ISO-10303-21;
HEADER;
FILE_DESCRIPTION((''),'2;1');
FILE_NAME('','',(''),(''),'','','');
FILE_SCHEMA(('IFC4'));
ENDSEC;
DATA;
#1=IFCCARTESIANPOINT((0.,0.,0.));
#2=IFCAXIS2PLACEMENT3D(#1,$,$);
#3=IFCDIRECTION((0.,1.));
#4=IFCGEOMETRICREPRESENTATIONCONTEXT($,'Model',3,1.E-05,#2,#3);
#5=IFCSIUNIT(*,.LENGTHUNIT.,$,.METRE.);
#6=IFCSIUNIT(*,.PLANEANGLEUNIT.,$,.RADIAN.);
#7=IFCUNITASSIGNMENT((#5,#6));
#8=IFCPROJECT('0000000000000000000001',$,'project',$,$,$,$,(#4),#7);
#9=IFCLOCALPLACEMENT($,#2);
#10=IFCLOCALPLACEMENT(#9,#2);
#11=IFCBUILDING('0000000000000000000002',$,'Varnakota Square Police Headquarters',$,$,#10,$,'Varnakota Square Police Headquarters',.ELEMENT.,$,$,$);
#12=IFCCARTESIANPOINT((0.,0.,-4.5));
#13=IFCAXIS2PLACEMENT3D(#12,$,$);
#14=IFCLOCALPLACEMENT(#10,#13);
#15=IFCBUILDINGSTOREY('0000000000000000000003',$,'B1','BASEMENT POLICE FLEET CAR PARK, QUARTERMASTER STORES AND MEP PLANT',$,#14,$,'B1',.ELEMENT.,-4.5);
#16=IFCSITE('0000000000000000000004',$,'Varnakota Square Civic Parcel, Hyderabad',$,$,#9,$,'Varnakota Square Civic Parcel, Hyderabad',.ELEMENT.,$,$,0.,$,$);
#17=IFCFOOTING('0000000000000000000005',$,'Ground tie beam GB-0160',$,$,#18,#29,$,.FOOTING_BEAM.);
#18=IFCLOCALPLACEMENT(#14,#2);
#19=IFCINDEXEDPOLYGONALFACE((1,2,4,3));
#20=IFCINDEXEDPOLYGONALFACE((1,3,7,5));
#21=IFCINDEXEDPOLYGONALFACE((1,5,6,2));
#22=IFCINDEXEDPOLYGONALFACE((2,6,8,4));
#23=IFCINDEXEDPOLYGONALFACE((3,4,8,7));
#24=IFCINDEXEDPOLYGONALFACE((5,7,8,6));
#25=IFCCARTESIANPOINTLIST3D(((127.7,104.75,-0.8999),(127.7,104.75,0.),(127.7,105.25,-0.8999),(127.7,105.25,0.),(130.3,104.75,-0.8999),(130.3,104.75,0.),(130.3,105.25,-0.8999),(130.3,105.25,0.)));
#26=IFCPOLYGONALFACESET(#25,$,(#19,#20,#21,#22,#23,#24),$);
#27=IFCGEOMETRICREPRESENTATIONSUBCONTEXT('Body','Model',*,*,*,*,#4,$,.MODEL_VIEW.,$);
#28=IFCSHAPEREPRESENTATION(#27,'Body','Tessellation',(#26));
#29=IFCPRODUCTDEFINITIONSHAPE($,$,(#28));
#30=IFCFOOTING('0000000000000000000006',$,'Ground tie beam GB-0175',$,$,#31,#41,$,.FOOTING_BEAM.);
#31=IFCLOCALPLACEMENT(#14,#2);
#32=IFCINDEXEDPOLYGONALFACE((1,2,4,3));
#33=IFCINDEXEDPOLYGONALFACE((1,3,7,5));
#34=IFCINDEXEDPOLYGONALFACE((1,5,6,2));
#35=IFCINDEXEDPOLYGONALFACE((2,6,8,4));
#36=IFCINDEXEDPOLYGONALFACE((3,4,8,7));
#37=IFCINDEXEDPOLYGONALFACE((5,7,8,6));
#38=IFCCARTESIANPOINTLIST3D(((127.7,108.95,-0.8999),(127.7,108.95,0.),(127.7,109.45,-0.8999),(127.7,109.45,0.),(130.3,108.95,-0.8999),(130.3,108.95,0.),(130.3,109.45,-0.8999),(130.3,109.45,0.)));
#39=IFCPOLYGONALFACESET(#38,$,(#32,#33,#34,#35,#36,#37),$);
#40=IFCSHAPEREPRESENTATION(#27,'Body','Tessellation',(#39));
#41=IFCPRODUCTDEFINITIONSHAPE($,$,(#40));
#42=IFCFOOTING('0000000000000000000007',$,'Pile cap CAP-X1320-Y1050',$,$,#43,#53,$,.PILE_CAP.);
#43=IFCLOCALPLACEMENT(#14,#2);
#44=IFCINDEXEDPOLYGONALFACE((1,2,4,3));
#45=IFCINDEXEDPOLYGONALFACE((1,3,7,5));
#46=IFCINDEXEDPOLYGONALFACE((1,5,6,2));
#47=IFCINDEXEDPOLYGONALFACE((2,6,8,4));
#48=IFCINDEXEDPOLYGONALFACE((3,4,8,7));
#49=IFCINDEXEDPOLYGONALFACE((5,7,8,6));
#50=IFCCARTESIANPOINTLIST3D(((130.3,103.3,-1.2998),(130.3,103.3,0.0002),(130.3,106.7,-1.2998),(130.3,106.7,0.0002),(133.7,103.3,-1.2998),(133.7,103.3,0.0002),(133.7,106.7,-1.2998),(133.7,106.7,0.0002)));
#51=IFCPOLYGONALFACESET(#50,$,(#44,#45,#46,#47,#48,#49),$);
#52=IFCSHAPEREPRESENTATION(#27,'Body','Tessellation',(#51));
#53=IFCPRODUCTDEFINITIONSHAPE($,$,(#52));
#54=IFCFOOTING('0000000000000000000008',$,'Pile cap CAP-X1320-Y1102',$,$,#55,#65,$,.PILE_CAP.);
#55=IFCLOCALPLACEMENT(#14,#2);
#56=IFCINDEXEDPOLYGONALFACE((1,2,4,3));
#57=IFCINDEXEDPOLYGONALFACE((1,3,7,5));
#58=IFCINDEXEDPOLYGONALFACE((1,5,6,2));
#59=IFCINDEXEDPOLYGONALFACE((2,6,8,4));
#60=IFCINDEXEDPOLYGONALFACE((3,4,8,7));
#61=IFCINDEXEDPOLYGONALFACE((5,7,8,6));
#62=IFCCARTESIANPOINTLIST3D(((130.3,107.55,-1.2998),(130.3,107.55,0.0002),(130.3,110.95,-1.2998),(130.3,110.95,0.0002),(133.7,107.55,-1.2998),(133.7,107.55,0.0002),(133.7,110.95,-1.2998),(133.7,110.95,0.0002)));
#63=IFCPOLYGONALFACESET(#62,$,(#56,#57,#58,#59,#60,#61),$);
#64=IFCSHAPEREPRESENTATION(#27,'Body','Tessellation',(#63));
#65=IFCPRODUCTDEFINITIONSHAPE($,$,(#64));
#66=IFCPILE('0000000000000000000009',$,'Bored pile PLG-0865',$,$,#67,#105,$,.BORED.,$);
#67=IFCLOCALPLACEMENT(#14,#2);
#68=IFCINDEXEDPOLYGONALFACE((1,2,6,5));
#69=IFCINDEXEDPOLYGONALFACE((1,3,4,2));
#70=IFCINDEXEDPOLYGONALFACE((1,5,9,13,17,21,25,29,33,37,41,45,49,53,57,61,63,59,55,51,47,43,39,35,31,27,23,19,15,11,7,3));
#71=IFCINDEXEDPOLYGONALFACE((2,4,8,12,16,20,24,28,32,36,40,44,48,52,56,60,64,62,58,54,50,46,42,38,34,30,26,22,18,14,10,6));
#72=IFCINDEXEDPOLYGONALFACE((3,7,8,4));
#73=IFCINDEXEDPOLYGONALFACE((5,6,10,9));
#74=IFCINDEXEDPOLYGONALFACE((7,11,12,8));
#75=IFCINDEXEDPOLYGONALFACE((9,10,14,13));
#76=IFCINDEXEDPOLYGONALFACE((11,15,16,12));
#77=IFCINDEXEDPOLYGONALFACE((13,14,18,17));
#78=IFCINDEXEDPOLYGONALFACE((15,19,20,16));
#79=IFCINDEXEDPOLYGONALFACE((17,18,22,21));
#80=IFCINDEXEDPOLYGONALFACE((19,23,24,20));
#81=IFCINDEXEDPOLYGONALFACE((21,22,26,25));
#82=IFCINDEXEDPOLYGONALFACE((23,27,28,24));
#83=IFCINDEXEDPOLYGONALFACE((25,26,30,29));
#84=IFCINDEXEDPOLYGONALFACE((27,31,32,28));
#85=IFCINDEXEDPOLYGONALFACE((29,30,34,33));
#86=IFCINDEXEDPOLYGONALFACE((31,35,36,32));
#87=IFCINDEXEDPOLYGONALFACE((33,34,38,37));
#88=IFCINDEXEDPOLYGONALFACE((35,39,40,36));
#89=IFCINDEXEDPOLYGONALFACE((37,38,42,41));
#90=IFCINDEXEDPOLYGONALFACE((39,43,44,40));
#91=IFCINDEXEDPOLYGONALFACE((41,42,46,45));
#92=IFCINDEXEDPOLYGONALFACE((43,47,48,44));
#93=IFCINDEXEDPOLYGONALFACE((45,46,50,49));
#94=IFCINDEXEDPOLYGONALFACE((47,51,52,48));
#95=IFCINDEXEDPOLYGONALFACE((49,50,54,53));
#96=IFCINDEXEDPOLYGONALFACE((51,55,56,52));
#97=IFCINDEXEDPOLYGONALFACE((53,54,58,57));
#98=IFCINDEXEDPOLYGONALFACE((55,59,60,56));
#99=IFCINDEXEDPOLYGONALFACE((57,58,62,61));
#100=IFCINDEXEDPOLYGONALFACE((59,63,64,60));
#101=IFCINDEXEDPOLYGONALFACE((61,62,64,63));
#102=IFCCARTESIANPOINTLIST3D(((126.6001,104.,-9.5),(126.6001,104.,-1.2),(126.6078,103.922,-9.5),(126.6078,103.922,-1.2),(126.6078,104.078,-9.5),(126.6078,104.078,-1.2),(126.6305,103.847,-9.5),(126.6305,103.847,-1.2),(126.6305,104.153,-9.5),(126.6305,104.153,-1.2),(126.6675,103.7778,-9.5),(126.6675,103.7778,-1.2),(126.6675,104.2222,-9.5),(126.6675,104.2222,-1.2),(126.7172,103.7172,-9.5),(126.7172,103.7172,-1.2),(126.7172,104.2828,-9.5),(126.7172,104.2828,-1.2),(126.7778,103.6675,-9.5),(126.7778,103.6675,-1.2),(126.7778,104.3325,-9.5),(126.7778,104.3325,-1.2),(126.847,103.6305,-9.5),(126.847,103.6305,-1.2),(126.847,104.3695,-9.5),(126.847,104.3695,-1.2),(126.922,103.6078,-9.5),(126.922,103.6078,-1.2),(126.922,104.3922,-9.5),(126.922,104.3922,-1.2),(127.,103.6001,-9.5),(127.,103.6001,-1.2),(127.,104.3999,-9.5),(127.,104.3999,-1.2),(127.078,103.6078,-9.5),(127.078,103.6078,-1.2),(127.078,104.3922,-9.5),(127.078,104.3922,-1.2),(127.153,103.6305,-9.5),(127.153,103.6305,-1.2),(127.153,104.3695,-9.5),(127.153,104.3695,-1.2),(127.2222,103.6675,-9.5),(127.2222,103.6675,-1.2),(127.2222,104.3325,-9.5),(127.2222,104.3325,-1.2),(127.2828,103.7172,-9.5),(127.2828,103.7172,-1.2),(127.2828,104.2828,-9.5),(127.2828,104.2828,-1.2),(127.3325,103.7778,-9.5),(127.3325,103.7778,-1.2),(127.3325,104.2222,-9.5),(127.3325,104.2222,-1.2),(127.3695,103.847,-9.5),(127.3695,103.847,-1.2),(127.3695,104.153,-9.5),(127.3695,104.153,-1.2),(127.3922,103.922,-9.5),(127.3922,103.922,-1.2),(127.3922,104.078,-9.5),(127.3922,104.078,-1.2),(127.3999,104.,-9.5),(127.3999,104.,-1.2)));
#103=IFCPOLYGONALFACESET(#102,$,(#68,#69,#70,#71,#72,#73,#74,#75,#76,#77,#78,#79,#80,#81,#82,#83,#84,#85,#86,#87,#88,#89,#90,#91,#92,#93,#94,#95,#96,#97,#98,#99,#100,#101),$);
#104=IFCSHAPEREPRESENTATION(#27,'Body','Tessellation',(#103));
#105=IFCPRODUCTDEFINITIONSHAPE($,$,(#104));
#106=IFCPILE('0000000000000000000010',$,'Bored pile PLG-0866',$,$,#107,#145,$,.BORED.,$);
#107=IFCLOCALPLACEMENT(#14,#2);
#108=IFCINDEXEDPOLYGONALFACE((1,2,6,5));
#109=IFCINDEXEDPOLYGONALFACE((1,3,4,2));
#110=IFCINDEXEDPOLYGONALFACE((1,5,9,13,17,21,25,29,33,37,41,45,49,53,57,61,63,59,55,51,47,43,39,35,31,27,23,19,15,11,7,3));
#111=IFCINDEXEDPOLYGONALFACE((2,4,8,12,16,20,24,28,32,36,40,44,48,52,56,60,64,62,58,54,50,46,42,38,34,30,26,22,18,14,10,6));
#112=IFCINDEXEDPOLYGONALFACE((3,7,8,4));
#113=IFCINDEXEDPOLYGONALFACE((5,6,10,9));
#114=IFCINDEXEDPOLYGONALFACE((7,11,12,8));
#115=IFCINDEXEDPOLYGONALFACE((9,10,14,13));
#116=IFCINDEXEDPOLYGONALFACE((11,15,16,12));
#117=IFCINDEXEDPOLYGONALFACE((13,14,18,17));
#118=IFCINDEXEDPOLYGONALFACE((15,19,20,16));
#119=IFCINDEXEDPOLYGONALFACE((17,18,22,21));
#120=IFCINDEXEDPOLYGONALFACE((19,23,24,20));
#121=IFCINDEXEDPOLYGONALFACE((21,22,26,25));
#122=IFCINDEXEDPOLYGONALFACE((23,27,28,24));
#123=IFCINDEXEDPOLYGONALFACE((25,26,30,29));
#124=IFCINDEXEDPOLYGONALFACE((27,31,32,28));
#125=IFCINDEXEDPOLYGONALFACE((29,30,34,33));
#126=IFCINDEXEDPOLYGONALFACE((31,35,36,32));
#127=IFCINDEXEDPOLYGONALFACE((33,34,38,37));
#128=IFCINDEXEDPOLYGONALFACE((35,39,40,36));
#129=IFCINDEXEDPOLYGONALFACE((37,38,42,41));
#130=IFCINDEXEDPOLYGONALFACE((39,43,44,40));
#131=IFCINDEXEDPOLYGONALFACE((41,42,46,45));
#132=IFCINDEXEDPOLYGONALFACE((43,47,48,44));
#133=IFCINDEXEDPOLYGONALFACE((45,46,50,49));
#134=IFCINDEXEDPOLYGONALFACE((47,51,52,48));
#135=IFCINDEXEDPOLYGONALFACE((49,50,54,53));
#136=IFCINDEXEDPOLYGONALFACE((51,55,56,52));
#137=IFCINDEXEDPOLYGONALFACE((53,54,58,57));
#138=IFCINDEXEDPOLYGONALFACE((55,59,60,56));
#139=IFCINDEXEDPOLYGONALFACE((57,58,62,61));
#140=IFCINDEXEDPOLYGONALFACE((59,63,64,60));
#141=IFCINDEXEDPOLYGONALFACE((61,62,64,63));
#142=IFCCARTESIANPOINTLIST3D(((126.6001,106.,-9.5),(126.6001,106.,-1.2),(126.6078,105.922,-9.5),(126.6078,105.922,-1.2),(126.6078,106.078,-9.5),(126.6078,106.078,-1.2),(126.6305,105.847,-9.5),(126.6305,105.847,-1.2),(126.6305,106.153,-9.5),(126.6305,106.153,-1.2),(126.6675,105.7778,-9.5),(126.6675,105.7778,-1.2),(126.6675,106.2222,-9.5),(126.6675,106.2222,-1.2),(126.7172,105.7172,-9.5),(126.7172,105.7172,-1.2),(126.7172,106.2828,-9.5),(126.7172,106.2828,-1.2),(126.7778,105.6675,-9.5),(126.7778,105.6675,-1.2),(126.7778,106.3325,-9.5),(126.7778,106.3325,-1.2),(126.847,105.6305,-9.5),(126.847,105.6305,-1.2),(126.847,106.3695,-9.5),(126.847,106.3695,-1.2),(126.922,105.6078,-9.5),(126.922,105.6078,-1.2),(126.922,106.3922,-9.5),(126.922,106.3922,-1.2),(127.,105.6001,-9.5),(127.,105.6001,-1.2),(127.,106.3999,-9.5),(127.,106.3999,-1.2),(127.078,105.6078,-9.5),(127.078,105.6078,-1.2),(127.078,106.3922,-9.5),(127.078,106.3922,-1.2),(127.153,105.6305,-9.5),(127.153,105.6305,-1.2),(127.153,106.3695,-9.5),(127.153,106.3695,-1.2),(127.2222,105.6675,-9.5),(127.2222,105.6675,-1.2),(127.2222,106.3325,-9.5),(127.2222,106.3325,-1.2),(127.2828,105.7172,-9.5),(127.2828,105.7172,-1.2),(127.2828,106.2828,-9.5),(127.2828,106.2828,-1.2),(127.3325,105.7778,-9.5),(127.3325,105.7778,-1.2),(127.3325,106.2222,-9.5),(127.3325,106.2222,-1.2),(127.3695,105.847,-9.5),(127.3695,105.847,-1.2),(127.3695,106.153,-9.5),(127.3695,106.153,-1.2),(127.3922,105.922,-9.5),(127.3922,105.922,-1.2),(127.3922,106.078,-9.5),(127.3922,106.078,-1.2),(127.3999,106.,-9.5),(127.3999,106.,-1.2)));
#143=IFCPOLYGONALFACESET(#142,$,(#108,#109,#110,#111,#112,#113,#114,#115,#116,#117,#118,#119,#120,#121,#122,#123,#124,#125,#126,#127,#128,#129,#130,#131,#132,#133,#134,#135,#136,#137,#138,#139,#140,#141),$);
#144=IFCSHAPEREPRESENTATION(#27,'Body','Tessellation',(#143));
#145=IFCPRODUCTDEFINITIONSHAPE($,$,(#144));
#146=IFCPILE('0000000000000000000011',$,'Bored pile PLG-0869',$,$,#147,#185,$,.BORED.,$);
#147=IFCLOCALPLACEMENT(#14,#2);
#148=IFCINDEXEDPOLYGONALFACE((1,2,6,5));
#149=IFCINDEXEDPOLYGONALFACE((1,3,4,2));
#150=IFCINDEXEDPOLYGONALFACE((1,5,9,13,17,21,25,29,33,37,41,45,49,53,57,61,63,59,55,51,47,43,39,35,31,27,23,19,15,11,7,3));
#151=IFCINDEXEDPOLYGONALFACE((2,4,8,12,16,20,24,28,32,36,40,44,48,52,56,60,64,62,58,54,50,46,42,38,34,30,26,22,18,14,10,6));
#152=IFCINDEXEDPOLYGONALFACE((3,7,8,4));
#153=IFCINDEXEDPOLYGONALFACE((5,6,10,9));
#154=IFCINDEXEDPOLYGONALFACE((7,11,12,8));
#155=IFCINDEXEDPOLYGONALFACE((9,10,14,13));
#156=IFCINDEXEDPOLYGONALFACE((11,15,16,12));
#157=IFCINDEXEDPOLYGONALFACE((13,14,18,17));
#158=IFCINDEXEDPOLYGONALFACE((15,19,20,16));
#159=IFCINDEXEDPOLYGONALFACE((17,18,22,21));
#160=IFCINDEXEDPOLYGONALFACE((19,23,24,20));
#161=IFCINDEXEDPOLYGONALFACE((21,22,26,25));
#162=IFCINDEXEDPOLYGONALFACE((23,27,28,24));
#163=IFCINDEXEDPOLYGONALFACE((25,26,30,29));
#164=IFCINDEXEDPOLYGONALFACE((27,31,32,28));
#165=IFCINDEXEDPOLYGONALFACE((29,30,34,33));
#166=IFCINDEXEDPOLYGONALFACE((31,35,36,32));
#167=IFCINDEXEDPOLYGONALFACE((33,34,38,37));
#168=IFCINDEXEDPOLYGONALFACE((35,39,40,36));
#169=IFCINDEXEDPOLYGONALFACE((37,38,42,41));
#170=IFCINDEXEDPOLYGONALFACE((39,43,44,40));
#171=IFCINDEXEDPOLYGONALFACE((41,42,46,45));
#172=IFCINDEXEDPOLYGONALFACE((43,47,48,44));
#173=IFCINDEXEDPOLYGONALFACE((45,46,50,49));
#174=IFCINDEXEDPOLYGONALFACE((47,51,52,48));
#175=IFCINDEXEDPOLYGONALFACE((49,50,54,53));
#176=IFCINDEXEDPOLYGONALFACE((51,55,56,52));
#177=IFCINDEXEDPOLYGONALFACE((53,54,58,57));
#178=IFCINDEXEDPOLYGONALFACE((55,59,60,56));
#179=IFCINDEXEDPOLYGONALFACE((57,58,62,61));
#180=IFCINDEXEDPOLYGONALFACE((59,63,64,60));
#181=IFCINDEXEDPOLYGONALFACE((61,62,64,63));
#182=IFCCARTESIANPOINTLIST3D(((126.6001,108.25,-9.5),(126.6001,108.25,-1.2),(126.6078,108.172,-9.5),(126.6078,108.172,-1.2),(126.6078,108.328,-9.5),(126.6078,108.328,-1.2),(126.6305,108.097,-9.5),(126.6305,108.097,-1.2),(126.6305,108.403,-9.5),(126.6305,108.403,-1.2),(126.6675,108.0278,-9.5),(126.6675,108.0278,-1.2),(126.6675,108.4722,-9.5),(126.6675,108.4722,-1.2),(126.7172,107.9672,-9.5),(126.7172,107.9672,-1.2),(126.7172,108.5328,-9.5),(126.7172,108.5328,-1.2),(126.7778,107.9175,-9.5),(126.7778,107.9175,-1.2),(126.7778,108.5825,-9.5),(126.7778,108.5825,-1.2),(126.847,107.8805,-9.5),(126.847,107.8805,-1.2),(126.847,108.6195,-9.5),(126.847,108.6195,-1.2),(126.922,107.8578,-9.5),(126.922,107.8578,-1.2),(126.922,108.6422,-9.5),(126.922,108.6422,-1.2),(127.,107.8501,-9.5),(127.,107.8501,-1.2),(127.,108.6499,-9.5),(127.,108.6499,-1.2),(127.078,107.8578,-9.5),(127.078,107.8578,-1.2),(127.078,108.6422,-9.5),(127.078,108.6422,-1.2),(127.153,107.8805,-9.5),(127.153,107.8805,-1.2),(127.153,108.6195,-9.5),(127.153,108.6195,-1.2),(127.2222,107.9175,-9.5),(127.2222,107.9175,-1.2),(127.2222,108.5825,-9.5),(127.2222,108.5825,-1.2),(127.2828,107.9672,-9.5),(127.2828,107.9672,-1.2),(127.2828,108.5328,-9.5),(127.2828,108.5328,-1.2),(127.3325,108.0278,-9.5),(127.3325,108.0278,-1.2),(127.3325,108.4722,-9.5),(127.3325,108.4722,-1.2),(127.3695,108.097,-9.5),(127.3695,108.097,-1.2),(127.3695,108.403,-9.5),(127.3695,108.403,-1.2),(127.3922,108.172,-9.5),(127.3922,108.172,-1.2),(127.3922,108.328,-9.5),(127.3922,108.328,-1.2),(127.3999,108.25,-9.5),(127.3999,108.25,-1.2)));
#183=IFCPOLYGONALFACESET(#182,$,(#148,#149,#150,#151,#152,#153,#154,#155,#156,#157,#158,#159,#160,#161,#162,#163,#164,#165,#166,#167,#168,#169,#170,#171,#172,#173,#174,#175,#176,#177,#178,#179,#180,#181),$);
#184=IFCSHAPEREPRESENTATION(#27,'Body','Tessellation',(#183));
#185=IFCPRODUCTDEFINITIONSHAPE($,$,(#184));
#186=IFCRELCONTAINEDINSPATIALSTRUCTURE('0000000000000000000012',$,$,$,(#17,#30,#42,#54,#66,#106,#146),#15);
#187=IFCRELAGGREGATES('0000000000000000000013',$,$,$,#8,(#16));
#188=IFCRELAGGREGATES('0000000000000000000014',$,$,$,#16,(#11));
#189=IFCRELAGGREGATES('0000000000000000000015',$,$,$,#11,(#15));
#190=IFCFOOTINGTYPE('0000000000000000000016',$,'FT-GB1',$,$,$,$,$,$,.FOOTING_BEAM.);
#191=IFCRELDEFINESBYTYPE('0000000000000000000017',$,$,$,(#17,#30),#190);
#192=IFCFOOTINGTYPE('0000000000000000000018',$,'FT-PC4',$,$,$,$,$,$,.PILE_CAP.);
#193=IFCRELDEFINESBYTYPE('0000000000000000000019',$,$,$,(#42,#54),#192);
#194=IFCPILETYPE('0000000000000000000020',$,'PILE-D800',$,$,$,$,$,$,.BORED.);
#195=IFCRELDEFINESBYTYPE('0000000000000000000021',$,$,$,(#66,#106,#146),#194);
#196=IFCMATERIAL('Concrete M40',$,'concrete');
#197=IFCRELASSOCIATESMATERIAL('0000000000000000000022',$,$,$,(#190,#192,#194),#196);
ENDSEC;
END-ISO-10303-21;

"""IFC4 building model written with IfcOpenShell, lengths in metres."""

from ifc_helpers import new_model, si_unit, direction, frame, origin, origin_2d, place, context, subcontext, project, spatial, rectangle, circle, extrude, material, material_profile, profile_set, type_object, element, save


model = new_model("IFC4")

# Units and contexts
model_context = context("Model", 3, precision=1e-05, world=origin(), true_north=direction((0.0, 1.0)))
body_context = subcontext(model_context, "Body", "Model", "MODEL_VIEW")
ifc_project = project(units=[si_unit("LENGTHUNIT", "METRE"), si_unit("PLANEANGLEUNIT", "RADIAN")], contexts=[model_context])

# Site, building, storey
site_placement = place(None, origin())
site = spatial("IfcSite", under=ifc_project, at=site_placement, Name="Varnakota Square Civic Parcel, Hyderabad", LongName="Varnakota Square Civic Parcel, Hyderabad", CompositionType="ELEMENT", RefElevation=0.0)
building_placement = place(site_placement, origin())
building = spatial("IfcBuilding", under=site, at=building_placement, Name="Varnakota Square Police Headquarters", LongName="Varnakota Square Police Headquarters", CompositionType="ELEMENT")
storey_placement = place(building_placement, frame((0.0, 0.0, -4.5)))
storey = spatial("IfcBuildingStorey", under=building, at=storey_placement, Name="B1", Description="BASEMENT POLICE FLEET CAR PARK, QUARTERMASTER STORES AND MEP PLANT", LongName="B1", CompositionType="ELEMENT", Elevation=-4.5)

# Footings
ifc_material_1 = material(Name="Concrete M40", Category="concrete")
ifc_material_profile_1 = material_profile(ifc_material_1, rectangle(XDim=0.5, YDim=0.8999, at=origin_2d()), Name="GB 500x900")
ifc_profile_set_1 = profile_set([ifc_material_profile_1], Name="Concrete M40")
footing_type_1 = type_object("IfcFootingType", Name="FT-GB1", PredefinedType="FOOTING_BEAM", material=ifc_profile_set_1)
for number, where, z_axis, x_axis, name in (
    (1, (127.7, 105.0, -0.45), (1.0, 0.0, 0.0), (0.0, 1.0, 0.0), "Ground tie beam GB-0160"),
    (2, (127.7, 109.2, -0.45), (1.0, 0.0, 0.0), (0.0, 1.0, 0.0), "Ground tie beam GB-0175"),
):
    element("IfcFooting", number, at=place(storey_placement, frame(where, z_axis=z_axis, x_axis=x_axis)), inside=storey, type_object=footing_type_1, Name=name, PredefinedType="FOOTING_BEAM", context=body_context, shape_type="SweptSolid", body=[
        extrude(rectangle(XDim=0.5, YDim=0.8999, at=origin_2d()), origin(), (0.0, 0.0, 1.0), 2.6001),
    ])
footing_type_2 = type_object("IfcFootingType", Name="FT-PC4", PredefinedType="PILE_CAP", material=ifc_material_1)
for number, where, z_axis, x_axis, name in (
    (3, (132.0, 105.0, -1.2998), (0.0, 0.0, 1.0), (1.0, 0.0, 0.0), "Pile cap CAP-X1320-Y1050"),
    (4, (132.0, 109.25, -1.2998), (0.0, 0.0, 1.0), (1.0, 0.0, 0.0), "Pile cap CAP-X1320-Y1102"),
):
    element("IfcFooting", number, at=place(storey_placement, frame(where, z_axis=z_axis, x_axis=x_axis)), inside=storey, type_object=footing_type_2, Name=name, PredefinedType="PILE_CAP", context=body_context, shape_type="SweptSolid", body=[
        extrude(rectangle(XDim=3.3999, YDim=3.3999, at=origin_2d()), origin(), (0.0, 0.0, 1.0), 1.3),
    ])

# Piles
ifc_material_profile_2 = material_profile(ifc_material_1, circle(Radius=0.3999, at=origin_2d()), Name="BORED PILE 800")
ifc_profile_set_2 = profile_set([ifc_material_profile_2], Name="Concrete M40")
pile_type = type_object("IfcPileType", Name="PILE-D800", PredefinedType="BORED", material=ifc_profile_set_2)
for number, where, z_axis, x_axis, name in (
    (5, (127.0, 104.0, -1.2), (0.0, 0.0, -1.0), (1.0, 0.0, 0.0), "Bored pile PLG-0865"),
    (6, (127.0, 106.0, -1.2), (0.0, 0.0, -1.0), (1.0, 0.0, 0.0), "Bored pile PLG-0866"),
    (7, (127.0, 108.25, -1.2), (0.0, 0.0, -1.0), (1.0, 0.0, 0.0), "Bored pile PLG-0869"),
):
    element("IfcPile", number, at=place(storey_placement, frame(where, z_axis=z_axis, x_axis=x_axis)), inside=storey, type_object=pile_type, Name=name, PredefinedType="BORED", context=body_context, shape_type="SweptSolid", body=[
        extrude(circle(Radius=0.3999, at=origin_2d()), origin(), (0.0, 0.0, 1.0), 8.3),
    ])

save(model, "model.ifc")
